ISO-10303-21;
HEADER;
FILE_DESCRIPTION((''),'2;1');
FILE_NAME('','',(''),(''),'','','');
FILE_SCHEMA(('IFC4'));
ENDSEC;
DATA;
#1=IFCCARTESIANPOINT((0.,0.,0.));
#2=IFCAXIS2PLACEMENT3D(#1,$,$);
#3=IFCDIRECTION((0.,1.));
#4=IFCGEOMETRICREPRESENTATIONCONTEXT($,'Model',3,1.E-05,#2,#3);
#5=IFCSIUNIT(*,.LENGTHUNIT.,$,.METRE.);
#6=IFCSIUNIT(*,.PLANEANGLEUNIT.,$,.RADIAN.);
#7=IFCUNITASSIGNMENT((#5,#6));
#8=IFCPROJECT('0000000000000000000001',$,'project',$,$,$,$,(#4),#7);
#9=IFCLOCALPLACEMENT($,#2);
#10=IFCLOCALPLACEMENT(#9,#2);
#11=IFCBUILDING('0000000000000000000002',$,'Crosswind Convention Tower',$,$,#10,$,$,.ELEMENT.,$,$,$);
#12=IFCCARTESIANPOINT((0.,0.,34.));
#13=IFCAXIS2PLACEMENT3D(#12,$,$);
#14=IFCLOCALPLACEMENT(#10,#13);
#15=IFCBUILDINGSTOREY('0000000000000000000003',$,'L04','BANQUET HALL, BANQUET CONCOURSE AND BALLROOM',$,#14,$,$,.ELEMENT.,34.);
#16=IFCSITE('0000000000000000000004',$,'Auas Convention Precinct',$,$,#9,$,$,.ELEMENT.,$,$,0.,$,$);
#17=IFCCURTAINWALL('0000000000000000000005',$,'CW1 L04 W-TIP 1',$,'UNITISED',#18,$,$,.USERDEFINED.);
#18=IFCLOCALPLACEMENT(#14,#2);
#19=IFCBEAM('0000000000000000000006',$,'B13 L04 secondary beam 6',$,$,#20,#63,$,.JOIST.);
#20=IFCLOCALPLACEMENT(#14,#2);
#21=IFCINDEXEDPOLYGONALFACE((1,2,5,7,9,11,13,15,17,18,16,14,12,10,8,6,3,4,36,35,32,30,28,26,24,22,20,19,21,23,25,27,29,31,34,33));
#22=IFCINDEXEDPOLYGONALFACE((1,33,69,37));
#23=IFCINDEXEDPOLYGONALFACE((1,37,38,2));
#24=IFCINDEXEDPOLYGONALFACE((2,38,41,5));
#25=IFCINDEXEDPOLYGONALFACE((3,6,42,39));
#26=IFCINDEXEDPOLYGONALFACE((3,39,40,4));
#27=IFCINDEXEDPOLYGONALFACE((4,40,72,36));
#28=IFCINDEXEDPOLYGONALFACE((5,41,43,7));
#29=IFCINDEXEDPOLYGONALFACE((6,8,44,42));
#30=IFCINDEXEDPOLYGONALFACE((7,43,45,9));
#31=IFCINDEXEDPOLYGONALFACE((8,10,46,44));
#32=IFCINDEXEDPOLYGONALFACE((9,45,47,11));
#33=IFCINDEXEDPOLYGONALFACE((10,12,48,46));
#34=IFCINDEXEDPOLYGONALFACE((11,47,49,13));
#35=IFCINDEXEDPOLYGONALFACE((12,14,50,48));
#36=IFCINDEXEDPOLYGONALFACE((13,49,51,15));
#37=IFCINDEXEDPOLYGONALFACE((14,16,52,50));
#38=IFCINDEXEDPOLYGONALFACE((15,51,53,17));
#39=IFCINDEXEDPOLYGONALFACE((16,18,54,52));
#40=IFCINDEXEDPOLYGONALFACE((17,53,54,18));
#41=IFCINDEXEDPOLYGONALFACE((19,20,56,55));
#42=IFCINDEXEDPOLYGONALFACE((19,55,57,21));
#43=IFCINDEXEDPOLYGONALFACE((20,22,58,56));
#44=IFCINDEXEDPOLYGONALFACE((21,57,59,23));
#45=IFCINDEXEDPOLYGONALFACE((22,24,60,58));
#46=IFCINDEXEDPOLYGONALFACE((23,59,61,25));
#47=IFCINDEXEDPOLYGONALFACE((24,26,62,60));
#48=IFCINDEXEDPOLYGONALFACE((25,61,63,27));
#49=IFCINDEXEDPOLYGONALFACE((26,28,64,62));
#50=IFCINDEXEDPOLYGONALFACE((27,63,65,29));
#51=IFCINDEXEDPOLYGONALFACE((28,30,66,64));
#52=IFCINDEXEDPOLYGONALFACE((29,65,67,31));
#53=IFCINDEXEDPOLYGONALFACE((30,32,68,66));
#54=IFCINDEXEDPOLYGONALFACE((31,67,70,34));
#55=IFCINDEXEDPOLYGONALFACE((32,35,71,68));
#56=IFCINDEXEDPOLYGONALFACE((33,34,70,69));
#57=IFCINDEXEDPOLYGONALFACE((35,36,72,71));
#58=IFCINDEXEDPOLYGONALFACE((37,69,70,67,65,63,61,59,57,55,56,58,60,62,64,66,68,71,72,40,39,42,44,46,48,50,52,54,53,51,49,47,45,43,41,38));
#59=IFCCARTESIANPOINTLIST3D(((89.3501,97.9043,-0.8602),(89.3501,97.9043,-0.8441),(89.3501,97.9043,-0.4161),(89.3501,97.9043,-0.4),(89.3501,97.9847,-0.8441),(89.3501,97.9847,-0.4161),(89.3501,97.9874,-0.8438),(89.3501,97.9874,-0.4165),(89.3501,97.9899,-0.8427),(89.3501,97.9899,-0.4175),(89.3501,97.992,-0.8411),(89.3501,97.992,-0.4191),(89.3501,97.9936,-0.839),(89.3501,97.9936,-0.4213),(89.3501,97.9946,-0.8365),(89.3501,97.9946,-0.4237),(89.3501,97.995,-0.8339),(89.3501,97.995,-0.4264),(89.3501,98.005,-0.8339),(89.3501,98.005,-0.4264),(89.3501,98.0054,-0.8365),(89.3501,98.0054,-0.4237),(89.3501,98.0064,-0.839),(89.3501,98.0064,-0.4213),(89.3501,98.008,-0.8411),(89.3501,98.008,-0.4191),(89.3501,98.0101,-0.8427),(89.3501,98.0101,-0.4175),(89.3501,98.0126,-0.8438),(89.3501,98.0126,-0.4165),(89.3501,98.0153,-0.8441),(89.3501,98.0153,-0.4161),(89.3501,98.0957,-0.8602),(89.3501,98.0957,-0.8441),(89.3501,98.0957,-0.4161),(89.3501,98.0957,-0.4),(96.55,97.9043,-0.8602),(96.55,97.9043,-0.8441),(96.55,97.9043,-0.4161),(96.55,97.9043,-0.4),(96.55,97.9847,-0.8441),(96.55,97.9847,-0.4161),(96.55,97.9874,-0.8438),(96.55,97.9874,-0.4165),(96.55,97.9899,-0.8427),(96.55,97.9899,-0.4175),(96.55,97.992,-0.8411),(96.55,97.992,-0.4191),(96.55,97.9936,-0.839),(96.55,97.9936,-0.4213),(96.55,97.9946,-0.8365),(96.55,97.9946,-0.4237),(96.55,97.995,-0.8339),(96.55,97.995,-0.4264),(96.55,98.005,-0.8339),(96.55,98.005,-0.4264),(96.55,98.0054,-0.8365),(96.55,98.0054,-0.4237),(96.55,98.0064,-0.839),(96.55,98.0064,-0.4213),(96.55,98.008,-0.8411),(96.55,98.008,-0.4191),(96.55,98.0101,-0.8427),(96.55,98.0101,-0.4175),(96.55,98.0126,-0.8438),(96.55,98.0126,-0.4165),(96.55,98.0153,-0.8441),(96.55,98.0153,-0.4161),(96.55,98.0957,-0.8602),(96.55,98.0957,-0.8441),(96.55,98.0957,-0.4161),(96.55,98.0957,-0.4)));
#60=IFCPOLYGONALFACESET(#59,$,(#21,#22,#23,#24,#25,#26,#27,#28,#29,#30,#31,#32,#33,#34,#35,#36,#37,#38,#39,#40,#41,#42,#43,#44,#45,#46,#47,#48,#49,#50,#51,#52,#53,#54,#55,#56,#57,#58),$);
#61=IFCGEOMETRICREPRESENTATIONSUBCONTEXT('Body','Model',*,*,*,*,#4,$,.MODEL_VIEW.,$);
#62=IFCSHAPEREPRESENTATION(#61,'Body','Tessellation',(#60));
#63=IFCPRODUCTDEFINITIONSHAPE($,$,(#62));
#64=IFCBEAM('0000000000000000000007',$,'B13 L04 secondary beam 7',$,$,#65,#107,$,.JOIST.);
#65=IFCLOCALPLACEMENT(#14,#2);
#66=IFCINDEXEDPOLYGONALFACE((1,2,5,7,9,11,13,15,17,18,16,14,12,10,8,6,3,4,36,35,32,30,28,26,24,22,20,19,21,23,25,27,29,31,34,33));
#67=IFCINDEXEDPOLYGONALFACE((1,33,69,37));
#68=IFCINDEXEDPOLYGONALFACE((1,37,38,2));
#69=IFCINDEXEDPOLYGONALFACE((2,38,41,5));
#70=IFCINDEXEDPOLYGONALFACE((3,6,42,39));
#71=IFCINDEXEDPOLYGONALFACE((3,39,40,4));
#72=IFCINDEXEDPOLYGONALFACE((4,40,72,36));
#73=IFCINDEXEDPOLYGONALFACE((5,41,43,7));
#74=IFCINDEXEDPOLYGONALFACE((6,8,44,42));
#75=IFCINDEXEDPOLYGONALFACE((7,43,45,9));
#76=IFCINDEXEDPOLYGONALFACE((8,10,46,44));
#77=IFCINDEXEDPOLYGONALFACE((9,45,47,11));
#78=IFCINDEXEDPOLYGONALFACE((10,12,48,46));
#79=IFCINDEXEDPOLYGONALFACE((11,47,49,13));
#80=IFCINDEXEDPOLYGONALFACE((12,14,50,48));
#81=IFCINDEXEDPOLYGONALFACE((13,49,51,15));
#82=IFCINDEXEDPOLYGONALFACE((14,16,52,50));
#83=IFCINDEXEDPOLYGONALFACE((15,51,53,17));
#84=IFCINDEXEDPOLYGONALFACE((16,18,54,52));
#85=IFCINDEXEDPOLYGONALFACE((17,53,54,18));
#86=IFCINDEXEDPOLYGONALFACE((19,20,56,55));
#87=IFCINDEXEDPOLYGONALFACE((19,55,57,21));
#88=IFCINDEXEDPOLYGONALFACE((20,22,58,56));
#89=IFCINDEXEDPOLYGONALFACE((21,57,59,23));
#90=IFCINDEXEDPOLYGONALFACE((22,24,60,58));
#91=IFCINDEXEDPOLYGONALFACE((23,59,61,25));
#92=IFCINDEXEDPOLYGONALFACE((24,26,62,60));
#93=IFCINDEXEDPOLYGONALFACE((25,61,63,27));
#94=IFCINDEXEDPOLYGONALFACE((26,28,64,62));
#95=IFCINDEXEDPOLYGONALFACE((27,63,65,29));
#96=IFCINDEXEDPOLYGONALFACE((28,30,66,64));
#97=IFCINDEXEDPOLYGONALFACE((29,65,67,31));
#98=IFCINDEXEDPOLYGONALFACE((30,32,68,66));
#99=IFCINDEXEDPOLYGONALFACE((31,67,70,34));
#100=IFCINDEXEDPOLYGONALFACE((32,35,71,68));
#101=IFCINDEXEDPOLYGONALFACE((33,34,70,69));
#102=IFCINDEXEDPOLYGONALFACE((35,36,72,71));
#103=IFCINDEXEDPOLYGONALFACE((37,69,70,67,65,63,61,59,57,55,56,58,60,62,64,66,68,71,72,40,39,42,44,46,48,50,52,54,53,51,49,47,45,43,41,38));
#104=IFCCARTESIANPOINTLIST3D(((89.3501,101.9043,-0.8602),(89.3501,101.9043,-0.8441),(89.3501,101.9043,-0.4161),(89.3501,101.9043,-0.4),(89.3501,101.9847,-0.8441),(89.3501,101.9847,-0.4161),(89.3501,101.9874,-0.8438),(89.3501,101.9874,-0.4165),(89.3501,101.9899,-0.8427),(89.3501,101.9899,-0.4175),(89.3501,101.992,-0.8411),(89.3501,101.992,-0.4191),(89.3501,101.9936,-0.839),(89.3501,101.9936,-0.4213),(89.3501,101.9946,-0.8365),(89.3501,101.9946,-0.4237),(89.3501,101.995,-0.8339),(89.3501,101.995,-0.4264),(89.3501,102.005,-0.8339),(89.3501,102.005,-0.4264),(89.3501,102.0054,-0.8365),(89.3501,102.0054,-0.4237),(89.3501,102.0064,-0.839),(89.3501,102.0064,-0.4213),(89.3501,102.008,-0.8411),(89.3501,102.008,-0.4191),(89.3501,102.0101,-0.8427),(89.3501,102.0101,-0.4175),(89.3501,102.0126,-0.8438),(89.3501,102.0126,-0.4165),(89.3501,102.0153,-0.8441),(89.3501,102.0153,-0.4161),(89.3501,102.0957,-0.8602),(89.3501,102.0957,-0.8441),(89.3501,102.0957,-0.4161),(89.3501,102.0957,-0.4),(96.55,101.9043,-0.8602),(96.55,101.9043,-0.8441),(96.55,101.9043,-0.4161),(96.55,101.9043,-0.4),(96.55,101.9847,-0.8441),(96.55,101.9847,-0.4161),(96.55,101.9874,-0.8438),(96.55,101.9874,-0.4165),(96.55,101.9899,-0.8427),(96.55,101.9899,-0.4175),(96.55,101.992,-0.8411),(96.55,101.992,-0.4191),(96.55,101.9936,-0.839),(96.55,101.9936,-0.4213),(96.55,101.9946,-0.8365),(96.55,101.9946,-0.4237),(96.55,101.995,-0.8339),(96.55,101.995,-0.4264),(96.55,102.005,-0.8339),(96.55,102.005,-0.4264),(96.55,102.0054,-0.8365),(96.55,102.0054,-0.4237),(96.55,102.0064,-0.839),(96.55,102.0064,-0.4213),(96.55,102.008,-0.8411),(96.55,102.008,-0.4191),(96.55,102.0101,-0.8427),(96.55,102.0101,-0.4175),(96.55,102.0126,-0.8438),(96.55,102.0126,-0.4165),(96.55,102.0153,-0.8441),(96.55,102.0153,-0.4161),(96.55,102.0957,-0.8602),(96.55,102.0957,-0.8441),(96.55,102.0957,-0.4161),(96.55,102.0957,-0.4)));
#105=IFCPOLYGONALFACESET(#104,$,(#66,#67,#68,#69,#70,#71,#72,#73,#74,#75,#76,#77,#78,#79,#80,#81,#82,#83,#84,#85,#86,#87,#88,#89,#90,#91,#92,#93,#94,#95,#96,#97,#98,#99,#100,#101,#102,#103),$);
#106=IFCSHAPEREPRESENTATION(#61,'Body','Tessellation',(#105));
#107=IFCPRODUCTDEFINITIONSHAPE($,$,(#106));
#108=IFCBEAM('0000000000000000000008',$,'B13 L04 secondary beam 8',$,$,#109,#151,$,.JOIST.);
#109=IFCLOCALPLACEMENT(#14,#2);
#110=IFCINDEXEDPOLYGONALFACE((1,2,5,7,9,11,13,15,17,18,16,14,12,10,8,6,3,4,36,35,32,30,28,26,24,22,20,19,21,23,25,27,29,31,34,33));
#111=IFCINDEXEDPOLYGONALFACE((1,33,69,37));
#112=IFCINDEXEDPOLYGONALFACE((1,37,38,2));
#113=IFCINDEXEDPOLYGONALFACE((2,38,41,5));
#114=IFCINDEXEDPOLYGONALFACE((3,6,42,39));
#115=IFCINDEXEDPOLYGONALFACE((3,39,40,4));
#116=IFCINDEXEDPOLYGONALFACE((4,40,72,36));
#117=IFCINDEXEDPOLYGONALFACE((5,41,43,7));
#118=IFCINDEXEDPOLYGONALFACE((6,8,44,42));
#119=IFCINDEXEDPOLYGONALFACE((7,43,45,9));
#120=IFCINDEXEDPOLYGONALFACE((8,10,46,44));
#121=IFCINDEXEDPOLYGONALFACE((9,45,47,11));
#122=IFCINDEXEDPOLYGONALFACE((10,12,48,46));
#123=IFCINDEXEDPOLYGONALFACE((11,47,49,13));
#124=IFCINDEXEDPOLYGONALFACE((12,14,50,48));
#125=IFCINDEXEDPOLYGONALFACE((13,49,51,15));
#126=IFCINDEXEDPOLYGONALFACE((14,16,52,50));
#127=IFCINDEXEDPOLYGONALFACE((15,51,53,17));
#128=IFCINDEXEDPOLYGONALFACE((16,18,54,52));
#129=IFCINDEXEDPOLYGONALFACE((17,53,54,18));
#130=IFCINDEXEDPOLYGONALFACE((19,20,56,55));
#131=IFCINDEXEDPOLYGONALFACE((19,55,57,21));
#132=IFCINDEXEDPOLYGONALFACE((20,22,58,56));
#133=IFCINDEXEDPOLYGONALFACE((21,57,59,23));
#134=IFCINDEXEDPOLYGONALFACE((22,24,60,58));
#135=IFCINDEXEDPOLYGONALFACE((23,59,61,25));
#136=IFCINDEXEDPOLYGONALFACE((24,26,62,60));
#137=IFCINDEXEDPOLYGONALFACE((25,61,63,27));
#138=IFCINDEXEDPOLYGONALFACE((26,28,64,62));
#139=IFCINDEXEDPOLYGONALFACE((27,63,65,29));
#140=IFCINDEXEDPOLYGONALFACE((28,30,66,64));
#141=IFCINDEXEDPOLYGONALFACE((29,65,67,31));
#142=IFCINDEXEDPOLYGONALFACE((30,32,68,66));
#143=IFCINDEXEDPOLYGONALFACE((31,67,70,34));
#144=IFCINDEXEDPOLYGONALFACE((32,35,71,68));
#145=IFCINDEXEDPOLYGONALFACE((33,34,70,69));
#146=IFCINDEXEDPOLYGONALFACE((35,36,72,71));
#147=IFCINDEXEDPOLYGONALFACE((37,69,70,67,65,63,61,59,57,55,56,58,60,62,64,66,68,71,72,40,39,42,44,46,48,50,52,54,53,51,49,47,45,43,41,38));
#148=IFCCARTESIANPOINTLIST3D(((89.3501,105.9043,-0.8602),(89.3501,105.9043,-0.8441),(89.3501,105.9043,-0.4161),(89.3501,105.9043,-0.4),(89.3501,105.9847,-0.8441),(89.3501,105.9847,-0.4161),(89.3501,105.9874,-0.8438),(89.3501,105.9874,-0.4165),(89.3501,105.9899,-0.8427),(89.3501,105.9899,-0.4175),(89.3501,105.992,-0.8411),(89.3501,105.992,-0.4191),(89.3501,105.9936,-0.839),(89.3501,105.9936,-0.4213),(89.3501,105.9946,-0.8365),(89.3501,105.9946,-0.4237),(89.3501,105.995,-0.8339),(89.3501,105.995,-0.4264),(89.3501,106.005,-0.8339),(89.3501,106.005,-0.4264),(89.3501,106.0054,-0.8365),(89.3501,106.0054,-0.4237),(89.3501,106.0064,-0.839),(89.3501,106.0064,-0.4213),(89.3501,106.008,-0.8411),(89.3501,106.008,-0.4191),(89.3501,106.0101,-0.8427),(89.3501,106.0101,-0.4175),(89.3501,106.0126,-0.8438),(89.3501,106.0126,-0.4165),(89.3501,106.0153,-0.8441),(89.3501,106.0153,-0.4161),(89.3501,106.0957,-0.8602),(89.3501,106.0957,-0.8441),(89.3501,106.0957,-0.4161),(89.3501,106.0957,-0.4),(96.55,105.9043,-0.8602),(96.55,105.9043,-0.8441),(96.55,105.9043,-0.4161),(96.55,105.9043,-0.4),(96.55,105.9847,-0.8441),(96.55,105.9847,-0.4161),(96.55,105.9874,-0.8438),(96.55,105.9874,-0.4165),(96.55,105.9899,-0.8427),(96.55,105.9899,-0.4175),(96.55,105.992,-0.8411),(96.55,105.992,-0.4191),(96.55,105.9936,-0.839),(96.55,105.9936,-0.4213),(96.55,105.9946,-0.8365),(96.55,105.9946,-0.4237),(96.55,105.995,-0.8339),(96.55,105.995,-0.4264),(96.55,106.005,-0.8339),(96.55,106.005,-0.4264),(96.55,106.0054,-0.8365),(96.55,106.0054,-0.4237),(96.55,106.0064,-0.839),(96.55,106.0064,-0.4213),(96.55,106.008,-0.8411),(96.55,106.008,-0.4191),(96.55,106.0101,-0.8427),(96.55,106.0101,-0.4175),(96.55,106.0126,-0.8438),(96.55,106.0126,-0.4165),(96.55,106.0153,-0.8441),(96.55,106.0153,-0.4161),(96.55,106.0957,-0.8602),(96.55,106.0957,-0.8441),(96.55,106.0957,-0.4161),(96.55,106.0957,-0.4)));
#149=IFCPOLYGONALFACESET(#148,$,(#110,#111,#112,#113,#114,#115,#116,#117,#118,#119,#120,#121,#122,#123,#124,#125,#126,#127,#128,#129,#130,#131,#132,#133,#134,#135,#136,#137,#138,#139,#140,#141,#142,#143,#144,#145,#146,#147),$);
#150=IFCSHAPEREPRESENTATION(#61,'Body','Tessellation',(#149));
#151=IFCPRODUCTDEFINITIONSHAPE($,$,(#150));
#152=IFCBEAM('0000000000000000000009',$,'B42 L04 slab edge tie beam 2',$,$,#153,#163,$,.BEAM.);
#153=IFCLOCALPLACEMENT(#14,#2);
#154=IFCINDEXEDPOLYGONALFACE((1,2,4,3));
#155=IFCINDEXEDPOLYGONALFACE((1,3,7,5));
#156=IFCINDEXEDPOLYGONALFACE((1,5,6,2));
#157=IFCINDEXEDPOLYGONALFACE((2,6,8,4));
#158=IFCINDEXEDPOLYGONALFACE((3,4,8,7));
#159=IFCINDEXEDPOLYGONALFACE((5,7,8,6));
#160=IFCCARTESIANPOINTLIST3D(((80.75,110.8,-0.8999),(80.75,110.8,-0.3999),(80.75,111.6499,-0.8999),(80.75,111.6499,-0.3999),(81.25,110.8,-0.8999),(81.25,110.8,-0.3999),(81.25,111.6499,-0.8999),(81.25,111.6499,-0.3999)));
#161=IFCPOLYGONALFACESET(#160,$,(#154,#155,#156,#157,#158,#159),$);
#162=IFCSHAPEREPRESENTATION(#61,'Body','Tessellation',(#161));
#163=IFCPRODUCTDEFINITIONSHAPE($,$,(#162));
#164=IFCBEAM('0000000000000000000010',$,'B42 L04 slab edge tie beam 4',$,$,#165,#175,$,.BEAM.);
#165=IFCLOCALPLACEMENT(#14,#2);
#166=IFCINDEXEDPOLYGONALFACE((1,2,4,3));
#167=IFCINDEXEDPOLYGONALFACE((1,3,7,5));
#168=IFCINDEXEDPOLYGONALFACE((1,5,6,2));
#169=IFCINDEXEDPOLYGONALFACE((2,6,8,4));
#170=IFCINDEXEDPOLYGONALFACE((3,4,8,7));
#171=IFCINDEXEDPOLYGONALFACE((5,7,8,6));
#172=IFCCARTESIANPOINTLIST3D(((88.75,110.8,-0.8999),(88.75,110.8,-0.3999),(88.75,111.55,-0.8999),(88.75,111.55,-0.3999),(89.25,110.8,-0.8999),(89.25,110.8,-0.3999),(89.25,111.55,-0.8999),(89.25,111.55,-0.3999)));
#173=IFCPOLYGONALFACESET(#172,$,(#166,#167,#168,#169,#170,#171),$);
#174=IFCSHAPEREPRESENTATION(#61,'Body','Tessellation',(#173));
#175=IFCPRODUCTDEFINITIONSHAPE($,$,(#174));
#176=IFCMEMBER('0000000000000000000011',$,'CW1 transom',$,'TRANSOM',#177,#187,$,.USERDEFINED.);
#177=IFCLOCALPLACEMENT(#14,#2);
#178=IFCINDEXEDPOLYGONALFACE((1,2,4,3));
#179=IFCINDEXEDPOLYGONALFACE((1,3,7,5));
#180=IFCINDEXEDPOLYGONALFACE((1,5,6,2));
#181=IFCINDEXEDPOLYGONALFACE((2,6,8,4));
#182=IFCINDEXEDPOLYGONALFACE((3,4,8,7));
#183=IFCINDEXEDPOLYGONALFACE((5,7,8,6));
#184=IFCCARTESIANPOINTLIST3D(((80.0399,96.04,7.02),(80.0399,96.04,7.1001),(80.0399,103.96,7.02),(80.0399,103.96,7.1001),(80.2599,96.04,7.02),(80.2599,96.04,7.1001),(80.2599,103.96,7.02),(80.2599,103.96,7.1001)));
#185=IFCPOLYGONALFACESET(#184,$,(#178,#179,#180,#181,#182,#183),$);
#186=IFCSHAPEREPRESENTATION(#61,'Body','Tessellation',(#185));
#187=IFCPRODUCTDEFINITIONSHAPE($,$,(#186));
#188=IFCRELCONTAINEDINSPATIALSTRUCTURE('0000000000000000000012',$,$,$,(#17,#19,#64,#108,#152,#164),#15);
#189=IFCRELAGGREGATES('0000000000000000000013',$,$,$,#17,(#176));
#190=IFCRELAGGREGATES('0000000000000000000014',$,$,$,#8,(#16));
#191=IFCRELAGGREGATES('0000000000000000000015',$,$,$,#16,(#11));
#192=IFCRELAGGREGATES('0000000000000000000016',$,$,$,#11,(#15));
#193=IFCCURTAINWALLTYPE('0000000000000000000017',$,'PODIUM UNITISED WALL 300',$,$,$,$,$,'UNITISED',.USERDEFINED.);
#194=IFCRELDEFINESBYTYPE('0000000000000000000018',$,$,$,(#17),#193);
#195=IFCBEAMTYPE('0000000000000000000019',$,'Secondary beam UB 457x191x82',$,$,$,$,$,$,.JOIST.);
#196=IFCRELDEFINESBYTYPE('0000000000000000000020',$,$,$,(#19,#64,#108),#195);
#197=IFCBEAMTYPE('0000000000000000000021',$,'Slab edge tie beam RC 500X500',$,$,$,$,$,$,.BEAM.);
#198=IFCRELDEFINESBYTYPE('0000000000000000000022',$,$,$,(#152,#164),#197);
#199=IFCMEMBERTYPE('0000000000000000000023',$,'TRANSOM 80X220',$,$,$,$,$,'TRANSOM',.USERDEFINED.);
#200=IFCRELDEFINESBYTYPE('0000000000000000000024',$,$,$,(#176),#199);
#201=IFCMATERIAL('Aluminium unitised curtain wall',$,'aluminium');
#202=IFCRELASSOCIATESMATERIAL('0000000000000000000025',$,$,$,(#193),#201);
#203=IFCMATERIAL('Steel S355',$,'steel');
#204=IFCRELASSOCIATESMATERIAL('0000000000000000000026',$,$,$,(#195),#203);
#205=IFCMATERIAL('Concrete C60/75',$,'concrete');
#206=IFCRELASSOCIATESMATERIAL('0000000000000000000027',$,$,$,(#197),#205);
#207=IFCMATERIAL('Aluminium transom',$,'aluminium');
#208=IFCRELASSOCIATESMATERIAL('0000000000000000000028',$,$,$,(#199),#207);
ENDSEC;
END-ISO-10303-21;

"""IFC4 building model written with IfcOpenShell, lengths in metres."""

from ifc_helpers import new_model, si_unit, direction, frame, origin, origin_2d, place, context, subcontext, project, spatial, rectangle, i_section, extrude, material, material_profile, profile_set, type_object, element, aggregate, save


model = new_model("IFC4")

# Units and contexts
model_context = context("Model", 3, precision=1e-05, world=origin(), true_north=direction((0.0, 1.0)))
body_context = subcontext(model_context, "Body", "Model", "MODEL_VIEW")
ifc_project = project(units=[si_unit("LENGTHUNIT", "METRE"), si_unit("PLANEANGLEUNIT", "RADIAN")], contexts=[model_context])

# Site, building, storey
site_placement = place(None, origin())
site = spatial("IfcSite", under=ifc_project, at=site_placement, Name="Auas Convention Precinct", CompositionType="ELEMENT", RefElevation=0.0)
building_placement = place(site_placement, origin())
building = spatial("IfcBuilding", under=site, at=building_placement, Name="Crosswind Convention Tower", CompositionType="ELEMENT")
storey_placement = place(building_placement, frame((0.0, 0.0, 34.0)))
storey = spatial("IfcBuildingStorey", under=building, at=storey_placement, Name="L04", Description="BANQUET HALL, BANQUET CONCOURSE AND BALLROOM", CompositionType="ELEMENT", Elevation=34.0)

# Shared definitions
ifc_material_1 = material(Name="Concrete C60/75", Category="concrete")

# Shared definitions
ifc_material_2 = material(Name="Steel S355", Category="steel")

# Curtain wall
ifc_material_3 = material(Name="Aluminium unitised curtain wall", Category="aluminium")
curtain_wall_type = type_object("IfcCurtainWallType", Name="PODIUM UNITISED WALL 300", ElementType="UNITISED", PredefinedType="USERDEFINED", material=ifc_material_3)
curtain_wall_placement = place(storey_placement, origin())
curtain_wall = element("IfcCurtainWall", 1, at=curtain_wall_placement, inside=storey, type_object=curtain_wall_type, Name="CW1 L04 W-TIP 1", ObjectType="UNITISED", PredefinedType="USERDEFINED")

# Beams
ifc_material_profile_1 = material_profile(ifc_material_2, i_section(OverallWidth=0.1914, OverallDepth=0.4602, WebThickness=0.01, FlangeThickness=0.0161, FilletRadius=0.0103, at=origin_2d()), Name="UB 457x191x82")
ifc_profile_set_1 = profile_set([ifc_material_profile_1], Name="Steel S355")
beam_type_1 = type_object("IfcBeamType", Name="Secondary beam UB 457x191x82", PredefinedType="JOIST", material=ifc_profile_set_1)
for number, where, z_axis, x_axis, name in (
    (2, (89.3501, 98.0, -0.6301), (1.0, 0.0, 0.0), (0.0, 1.0, 0.0), "B13 L04 secondary beam 6"),
    (3, (89.3501, 102.0, -0.6301), (1.0, 0.0, 0.0), (0.0, 1.0, 0.0), "B13 L04 secondary beam 7"),
    (4, (89.3501, 106.0, -0.6301), (1.0, 0.0, 0.0), (0.0, 1.0, 0.0), "B13 L04 secondary beam 8"),
):
    element("IfcBeam", number, at=place(storey_placement, frame(where, z_axis=z_axis, x_axis=x_axis)), inside=storey, type_object=beam_type_1, Name=name, PredefinedType="JOIST", context=body_context, shape_type="SweptSolid", body=[
        extrude(i_section(OverallWidth=0.1914, OverallDepth=0.4602, WebThickness=0.01, FlangeThickness=0.0161, FilletRadius=0.0103, at=origin_2d()), origin(), (0.0, 0.0, 1.0), 7.2),
    ])
ifc_material_profile_2 = material_profile(ifc_material_1, rectangle(XDim=0.5, YDim=0.5, at=origin_2d()), Name="RC 500X500")
ifc_profile_set_2 = profile_set([ifc_material_profile_2], Name="Concrete C60/75")
beam_type_2 = type_object("IfcBeamType", Name="Slab edge tie beam RC 500X500", PredefinedType="BEAM", material=ifc_profile_set_2)
beam_1_placement = place(storey_placement, frame((81.0, 110.8, -0.6499), z_axis=(0.0, 1.0, 0.0), x_axis=(-1.0, 0.0, 0.0)))
element("IfcBeam", 5, at=beam_1_placement, inside=storey, type_object=beam_type_2, Name="B42 L04 slab edge tie beam 2", PredefinedType="BEAM", context=body_context, shape_type="SweptSolid", body=[
    extrude(rectangle(XDim=0.5, YDim=0.5, at=origin_2d()), origin(), (0.0, 0.0, 1.0), 0.8499),
])
beam_2_placement = place(storey_placement, frame((89.0, 110.8, -0.6499), z_axis=(0.0, 1.0, 0.0), x_axis=(-1.0, 0.0, 0.0)))
element("IfcBeam", 6, at=beam_2_placement, inside=storey, type_object=beam_type_2, Name="B42 L04 slab edge tie beam 4", PredefinedType="BEAM", context=body_context, shape_type="SweptSolid", body=[
    extrude(rectangle(XDim=0.5, YDim=0.5, at=origin_2d()), origin(), (0.0, 0.0, 1.0), 0.75),
])

# Member
ifc_material_4 = material(Name="Aluminium transom", Category="aluminium")
ifc_material_profile_3 = material_profile(ifc_material_4, rectangle(XDim=0.22, YDim=0.0801, at=origin_2d()), Name="AL 220X80")
ifc_profile_set_3 = profile_set([ifc_material_profile_3], Name="Aluminium transom")
member_type_1 = type_object("IfcMemberType", Name="TRANSOM 80X220", ElementType="TRANSOM", PredefinedType="USERDEFINED", material=ifc_profile_set_3)
member_1_placement = place(storey_placement, frame((80.1499, 103.96, 7.0601), z_axis=(0.0, -1.0, 0.0), x_axis=(1.0, 0.0, 0.0)))
member_1 = element("IfcMember", 7, at=member_1_placement, type_object=member_type_1, Name="CW1 transom", ObjectType="TRANSOM", PredefinedType="USERDEFINED", context=body_context, shape_type="SweptSolid", body=[
    extrude(rectangle(XDim=0.22, YDim=0.0801, at=origin_2d()), origin(), (0.0, 0.0, 1.0), 7.9199),
])

aggregate(curtain_wall, [member_1])

save(model, "model.ifc")
